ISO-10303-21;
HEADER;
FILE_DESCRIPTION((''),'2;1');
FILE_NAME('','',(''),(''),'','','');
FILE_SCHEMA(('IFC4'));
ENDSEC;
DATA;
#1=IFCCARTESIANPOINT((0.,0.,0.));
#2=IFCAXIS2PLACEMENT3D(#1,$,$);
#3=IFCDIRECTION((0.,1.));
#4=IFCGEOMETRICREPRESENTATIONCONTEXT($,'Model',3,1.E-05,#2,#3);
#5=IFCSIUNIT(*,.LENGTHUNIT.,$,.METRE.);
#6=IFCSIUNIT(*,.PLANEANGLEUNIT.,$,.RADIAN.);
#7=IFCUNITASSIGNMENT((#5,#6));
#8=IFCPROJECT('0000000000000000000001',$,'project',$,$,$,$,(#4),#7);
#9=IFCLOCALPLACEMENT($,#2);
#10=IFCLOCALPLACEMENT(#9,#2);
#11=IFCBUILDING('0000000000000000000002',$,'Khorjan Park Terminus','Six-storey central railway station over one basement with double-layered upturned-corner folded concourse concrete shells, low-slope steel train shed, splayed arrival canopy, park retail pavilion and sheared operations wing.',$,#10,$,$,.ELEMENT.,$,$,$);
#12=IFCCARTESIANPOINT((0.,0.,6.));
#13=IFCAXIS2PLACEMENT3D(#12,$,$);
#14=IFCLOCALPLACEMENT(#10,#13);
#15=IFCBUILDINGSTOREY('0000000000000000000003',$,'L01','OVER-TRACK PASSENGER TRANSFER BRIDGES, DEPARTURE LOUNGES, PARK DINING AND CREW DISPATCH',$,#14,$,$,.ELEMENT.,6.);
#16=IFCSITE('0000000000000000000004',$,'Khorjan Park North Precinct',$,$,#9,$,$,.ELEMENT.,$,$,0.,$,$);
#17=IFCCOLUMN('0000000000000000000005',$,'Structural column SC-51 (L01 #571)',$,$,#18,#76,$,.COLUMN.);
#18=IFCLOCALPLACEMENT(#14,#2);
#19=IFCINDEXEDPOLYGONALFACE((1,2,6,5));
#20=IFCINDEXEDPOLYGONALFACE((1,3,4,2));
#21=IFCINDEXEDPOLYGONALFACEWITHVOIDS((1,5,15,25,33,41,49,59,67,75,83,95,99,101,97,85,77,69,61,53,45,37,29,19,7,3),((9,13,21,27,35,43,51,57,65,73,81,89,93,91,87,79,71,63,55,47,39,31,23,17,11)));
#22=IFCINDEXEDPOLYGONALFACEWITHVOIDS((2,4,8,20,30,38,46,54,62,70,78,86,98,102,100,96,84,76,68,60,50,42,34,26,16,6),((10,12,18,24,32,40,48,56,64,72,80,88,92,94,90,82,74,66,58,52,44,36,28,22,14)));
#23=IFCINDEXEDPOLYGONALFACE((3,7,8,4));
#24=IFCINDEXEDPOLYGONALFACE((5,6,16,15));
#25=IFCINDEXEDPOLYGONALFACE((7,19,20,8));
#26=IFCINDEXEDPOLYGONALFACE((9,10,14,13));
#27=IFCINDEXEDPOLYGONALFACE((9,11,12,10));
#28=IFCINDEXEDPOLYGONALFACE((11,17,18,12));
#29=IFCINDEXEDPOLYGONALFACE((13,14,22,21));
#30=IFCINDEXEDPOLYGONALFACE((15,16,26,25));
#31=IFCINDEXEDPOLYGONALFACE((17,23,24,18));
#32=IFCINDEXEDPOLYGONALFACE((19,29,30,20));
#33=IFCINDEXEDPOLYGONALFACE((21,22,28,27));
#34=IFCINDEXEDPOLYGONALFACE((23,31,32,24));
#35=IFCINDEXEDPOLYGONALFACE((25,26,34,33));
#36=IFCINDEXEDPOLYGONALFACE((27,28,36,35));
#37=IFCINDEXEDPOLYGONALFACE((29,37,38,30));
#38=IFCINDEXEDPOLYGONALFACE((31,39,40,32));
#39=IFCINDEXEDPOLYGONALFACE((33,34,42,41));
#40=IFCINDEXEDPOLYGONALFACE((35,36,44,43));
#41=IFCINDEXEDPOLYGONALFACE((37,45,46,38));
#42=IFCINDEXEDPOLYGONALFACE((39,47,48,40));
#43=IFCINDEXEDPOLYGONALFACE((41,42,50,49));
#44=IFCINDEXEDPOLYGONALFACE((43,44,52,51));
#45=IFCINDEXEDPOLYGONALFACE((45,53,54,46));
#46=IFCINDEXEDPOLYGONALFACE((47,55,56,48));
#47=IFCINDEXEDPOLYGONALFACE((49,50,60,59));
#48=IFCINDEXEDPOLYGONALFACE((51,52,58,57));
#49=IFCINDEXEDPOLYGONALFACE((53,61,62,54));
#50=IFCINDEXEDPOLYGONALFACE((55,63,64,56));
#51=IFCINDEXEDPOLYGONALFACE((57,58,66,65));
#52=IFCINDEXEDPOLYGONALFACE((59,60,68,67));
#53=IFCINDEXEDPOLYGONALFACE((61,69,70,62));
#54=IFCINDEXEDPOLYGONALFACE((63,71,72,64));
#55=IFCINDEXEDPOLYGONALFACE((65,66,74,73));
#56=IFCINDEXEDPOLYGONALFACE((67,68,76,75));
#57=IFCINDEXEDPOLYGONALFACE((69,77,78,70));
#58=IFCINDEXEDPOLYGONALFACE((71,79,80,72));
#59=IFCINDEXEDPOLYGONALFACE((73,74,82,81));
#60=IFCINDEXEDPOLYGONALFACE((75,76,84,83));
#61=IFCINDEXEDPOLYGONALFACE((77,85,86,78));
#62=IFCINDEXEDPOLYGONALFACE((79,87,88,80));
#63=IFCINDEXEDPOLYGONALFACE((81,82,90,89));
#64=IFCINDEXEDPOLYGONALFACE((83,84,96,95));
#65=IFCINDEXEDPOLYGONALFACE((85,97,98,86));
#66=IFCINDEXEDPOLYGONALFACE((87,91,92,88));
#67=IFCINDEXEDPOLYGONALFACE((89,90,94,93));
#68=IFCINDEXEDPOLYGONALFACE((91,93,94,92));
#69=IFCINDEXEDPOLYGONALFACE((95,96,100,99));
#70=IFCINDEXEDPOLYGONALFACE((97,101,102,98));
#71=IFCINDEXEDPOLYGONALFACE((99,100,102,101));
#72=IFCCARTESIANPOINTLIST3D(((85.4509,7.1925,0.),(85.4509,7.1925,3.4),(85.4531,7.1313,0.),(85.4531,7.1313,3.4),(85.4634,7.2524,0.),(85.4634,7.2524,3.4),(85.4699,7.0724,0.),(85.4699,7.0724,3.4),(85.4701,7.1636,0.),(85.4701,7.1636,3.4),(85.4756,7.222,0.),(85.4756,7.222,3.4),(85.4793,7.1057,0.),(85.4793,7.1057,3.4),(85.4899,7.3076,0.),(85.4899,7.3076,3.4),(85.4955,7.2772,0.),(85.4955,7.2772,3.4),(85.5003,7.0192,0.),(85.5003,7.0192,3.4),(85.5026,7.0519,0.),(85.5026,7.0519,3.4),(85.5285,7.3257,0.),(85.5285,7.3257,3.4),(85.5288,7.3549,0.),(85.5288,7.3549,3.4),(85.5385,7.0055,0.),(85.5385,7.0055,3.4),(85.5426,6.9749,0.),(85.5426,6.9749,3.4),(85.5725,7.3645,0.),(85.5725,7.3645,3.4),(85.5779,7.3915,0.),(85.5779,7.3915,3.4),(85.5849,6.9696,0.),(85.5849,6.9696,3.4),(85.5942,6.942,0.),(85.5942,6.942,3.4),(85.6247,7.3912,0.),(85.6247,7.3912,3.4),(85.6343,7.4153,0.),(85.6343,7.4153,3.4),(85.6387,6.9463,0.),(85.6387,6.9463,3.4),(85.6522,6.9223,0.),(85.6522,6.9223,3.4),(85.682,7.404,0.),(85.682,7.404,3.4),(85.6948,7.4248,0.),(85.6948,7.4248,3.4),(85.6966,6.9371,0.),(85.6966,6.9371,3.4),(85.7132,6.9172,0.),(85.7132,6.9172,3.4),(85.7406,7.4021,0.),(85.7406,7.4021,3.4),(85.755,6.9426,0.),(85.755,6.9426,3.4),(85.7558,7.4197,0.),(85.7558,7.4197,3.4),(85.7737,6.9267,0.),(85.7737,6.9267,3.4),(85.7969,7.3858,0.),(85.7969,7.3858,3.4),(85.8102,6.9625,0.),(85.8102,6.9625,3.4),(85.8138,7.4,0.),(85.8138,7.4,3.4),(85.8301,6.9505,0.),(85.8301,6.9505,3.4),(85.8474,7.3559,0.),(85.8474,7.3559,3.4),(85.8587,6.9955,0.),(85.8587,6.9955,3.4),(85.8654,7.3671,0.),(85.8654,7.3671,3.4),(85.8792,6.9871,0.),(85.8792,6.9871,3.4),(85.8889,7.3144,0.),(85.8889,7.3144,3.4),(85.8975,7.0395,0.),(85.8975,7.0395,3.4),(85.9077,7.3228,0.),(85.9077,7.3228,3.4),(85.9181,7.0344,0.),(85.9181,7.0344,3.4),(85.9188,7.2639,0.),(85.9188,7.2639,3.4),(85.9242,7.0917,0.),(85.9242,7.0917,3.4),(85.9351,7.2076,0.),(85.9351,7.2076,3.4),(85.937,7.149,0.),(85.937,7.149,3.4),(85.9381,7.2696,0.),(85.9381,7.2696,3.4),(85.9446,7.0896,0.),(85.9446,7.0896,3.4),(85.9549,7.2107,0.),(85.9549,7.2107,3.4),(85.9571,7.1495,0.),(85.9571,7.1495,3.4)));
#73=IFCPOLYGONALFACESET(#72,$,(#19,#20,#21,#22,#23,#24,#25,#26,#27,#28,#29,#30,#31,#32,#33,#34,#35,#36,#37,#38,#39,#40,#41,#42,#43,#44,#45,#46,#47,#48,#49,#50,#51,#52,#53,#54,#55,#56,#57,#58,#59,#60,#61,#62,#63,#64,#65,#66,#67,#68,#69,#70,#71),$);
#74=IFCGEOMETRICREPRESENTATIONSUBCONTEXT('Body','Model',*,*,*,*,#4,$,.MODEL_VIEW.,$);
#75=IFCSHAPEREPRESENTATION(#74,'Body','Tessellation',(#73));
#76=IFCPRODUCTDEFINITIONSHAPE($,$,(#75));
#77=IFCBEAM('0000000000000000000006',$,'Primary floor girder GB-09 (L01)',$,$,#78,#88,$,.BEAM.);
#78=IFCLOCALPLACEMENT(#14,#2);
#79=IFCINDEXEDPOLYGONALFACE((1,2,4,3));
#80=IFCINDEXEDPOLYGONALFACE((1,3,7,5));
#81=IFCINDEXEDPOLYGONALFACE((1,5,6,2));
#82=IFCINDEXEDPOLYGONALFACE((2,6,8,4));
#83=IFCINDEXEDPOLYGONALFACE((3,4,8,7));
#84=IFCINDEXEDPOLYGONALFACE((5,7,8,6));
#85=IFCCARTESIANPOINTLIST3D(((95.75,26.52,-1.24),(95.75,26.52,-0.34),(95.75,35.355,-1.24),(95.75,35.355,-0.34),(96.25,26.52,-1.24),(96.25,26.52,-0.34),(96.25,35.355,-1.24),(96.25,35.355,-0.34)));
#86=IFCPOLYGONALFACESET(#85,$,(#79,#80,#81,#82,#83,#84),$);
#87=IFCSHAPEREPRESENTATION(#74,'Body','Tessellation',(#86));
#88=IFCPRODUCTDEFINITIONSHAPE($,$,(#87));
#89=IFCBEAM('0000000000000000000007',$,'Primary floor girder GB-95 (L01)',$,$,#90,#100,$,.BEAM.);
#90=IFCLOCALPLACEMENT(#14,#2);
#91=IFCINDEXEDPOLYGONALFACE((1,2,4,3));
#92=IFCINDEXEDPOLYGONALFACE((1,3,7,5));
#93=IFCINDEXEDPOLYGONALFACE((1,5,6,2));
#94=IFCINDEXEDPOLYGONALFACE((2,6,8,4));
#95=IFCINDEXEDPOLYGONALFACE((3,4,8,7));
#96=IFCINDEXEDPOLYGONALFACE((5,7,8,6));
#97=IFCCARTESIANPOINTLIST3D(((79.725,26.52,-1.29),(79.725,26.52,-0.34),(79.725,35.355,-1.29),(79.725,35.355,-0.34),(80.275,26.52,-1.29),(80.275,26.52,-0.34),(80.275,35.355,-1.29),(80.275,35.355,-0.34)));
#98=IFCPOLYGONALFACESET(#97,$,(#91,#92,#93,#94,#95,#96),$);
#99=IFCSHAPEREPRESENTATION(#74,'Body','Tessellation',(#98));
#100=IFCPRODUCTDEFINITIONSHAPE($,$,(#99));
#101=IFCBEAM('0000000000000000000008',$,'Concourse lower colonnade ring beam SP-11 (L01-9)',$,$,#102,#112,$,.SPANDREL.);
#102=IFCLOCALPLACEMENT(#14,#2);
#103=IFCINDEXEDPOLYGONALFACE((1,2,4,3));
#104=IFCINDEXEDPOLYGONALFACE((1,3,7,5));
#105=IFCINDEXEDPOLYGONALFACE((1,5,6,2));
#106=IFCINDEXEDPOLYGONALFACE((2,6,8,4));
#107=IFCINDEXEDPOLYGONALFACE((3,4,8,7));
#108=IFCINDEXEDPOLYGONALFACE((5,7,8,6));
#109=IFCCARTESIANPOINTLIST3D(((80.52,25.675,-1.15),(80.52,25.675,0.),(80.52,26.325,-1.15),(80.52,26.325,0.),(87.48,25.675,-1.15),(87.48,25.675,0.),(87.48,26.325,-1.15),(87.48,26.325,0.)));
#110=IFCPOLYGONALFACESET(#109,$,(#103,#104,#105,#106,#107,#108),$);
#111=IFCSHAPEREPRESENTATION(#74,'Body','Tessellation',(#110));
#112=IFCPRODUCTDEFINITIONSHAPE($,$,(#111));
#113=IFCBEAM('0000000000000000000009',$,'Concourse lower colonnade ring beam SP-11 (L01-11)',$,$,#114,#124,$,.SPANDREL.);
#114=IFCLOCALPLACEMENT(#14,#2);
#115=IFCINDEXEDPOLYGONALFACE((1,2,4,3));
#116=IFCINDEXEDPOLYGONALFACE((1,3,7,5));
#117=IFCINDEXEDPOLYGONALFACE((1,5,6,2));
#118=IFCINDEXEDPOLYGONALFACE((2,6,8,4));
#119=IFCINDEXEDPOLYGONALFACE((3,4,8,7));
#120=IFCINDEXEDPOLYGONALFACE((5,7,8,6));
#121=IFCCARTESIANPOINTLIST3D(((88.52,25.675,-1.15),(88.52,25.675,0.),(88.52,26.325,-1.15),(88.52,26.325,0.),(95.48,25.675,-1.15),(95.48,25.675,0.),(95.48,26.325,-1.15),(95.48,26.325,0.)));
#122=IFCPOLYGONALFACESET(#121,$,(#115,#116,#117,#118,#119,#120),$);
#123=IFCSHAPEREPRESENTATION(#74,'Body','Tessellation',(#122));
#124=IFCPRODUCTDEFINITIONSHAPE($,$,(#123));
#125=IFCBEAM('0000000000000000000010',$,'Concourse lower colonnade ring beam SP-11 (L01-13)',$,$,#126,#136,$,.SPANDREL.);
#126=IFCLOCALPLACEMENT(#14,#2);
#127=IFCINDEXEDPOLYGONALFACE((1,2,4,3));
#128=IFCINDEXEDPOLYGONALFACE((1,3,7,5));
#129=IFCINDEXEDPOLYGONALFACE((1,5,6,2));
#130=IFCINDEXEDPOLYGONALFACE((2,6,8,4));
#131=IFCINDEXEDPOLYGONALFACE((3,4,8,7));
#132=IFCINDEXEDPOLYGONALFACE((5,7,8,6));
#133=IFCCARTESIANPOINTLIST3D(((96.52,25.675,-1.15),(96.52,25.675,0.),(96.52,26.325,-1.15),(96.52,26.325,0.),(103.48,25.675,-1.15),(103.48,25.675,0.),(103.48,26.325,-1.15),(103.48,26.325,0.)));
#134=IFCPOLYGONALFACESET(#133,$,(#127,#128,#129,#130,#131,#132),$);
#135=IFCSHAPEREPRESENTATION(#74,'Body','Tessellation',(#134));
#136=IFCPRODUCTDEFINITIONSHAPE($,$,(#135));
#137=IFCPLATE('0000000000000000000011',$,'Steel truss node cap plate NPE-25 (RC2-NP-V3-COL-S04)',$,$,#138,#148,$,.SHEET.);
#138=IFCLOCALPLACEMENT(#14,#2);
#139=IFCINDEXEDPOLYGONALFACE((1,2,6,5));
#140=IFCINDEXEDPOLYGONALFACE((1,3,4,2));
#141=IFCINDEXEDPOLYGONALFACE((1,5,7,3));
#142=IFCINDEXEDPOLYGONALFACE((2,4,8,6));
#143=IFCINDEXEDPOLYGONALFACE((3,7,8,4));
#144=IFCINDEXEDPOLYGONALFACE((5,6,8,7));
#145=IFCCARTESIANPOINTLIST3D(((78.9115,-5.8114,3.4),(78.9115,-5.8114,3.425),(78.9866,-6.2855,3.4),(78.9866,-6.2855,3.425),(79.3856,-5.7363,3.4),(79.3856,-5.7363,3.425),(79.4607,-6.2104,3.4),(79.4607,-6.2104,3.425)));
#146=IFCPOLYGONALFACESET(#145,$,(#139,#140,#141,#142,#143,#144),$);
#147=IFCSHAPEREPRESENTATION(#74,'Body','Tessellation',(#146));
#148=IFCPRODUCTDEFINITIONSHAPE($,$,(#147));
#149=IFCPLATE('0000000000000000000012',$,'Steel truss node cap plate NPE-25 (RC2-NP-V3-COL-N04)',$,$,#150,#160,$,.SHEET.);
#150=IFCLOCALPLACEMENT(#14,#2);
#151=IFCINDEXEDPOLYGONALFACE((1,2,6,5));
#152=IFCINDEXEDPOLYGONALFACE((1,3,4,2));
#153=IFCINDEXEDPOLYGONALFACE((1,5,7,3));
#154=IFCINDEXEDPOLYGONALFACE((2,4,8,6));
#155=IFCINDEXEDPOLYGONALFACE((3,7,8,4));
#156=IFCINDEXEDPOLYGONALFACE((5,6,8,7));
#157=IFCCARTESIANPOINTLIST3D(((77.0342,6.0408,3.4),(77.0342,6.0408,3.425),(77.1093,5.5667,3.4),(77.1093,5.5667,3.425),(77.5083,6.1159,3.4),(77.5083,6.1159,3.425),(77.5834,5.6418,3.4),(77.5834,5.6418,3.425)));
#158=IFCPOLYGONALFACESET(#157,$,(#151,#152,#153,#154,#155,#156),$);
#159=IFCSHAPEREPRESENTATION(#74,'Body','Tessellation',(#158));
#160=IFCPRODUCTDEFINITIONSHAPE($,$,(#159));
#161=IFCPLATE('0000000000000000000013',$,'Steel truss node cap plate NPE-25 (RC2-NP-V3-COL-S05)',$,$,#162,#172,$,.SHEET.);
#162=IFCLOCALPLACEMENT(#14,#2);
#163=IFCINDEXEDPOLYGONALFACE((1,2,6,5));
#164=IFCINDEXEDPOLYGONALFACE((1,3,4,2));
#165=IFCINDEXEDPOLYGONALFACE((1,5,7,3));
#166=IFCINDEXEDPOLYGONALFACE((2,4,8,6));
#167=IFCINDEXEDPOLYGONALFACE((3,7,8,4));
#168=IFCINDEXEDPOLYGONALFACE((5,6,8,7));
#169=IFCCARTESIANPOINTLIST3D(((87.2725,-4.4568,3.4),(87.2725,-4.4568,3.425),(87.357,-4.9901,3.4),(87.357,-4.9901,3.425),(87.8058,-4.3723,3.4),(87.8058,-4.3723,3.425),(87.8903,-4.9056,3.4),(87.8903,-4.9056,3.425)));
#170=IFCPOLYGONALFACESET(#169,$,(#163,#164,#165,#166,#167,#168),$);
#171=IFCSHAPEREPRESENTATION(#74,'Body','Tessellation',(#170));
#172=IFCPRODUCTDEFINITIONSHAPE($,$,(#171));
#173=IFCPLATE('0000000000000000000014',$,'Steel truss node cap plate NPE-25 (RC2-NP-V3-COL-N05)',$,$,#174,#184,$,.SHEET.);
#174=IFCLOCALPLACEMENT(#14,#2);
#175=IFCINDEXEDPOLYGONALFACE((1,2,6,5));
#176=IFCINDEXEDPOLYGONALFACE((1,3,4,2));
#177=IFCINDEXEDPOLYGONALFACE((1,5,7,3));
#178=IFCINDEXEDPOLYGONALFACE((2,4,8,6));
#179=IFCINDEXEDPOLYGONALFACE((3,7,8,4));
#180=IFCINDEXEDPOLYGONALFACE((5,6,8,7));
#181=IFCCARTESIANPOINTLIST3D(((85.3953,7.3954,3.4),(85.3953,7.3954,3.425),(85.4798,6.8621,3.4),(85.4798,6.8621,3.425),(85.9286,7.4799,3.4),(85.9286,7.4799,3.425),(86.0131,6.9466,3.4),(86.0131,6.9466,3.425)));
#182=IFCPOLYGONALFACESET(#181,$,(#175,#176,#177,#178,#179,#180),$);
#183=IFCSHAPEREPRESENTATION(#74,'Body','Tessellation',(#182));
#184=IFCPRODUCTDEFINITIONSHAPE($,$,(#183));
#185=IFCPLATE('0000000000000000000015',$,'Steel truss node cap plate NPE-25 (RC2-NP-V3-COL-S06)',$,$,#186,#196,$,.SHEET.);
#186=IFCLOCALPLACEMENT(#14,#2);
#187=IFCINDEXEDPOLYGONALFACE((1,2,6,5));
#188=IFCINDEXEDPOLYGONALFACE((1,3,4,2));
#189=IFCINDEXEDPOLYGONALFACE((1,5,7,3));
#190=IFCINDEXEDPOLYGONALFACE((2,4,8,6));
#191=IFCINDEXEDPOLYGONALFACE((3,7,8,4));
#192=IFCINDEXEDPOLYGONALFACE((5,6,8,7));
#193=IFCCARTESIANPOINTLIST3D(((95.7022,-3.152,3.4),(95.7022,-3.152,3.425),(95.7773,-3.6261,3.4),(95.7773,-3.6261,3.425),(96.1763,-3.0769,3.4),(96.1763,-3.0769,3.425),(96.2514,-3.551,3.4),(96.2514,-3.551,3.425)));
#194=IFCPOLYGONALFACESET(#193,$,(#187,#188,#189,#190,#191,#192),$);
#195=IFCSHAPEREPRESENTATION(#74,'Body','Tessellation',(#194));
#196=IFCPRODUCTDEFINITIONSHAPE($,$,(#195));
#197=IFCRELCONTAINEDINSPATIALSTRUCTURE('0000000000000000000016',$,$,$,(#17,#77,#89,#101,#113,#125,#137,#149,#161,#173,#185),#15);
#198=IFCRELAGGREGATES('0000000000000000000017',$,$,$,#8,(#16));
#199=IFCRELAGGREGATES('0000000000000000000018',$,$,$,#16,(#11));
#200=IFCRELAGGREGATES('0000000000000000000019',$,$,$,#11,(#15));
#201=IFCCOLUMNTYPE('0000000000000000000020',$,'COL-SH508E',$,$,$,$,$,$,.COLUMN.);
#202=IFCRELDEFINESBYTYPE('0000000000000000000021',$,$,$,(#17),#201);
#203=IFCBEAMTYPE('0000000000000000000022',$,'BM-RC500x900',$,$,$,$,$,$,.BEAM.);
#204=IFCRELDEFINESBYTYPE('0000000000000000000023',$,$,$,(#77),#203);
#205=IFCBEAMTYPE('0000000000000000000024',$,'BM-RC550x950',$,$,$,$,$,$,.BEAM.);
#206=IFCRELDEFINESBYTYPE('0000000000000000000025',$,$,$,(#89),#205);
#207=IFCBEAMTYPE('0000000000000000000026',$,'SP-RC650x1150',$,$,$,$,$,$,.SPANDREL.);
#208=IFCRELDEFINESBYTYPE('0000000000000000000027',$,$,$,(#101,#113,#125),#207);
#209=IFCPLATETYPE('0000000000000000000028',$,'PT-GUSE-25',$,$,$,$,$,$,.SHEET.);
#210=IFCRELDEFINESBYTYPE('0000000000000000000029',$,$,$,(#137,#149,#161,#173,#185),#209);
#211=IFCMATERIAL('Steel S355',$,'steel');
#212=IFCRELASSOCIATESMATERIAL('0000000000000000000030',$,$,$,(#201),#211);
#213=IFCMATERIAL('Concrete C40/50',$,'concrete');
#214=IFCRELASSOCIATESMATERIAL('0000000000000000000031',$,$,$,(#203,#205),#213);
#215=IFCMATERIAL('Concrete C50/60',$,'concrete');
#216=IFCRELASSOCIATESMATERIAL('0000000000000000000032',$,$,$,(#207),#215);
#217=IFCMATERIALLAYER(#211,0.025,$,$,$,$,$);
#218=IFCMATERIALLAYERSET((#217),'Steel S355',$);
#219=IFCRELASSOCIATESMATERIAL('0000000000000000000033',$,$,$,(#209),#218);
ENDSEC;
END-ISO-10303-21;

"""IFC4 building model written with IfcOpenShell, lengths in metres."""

from ifc_helpers import new_model, si_unit, direction, frame, origin, origin_2d, place, context, subcontext, project, spatial, rectangle, hollow_circle, extrude, material, layer, layer_set, material_profile, profile_set, type_object, element, save


model = new_model("IFC4")

# Units and contexts
model_context = context("Model", 3, precision=1e-05, world=origin(), true_north=direction((0.0, 1.0)))
body_context = subcontext(model_context, "Body", "Model", "MODEL_VIEW")
ifc_project = project(units=[si_unit("LENGTHUNIT", "METRE"), si_unit("PLANEANGLEUNIT", "RADIAN")], contexts=[model_context])

# Site, building, storey
site_placement = place(None, origin())
site = spatial("IfcSite", under=ifc_project, at=site_placement, Name="Khorjan Park North Precinct", CompositionType="ELEMENT", RefElevation=0.0)
building_placement = place(site_placement, origin())
building = spatial("IfcBuilding", under=site, at=building_placement, Name="Khorjan Park Terminus", Description="Six-storey central railway station over one basement with double-layered upturned-corner folded concourse concrete shells, low-slope steel train shed, splayed arrival canopy, park retail pavilion and sheared operations wing.", CompositionType="ELEMENT")
storey_placement = place(building_placement, frame((0.0, 0.0, 6.0)))
storey = spatial("IfcBuildingStorey", under=building, at=storey_placement, Name="L01", Description="OVER-TRACK PASSENGER TRANSFER BRIDGES, DEPARTURE LOUNGES, PARK DINING AND CREW DISPATCH", CompositionType="ELEMENT", Elevation=6.0)

# Column
ifc_material_1 = material(Name="Concrete C50/60", Category="concrete")
ifc_material_2 = material(Name="Steel S355", Category="steel")
ifc_material_profile_1 = material_profile(ifc_material_2, hollow_circle(Radius=0.254, WallThickness=0.02, at=origin_2d()), Name="CHS 508x20")
ifc_profile_set_1 = profile_set([ifc_material_profile_1], Name="Steel S355")
column_type_1 = type_object("IfcColumnType", Name="COL-SH508E", PredefinedType="COLUMN", material=ifc_profile_set_1)
for number, where, z_axis, x_axis, name in (
    (1, (85.704, 7.171, 0.0), (0.0, 0.0, 1.0), (0.987688, 0.156434, 0.0), "Structural column SC-51 (L01 #571)"),
):
    element("IfcColumn", number, at=place(storey_placement, frame(where, z_axis=z_axis, x_axis=x_axis)), inside=storey, type_object=column_type_1, Name=name, PredefinedType="COLUMN", context=body_context, shape_type="SweptSolid", body=[
        extrude(hollow_circle(Radius=0.254, WallThickness=0.02, at=origin_2d()), origin(), (0.0, 0.0, 1.0), 3.4),
    ])

# Beams
ifc_material_3 = material(Name="Concrete C40/50", Category="concrete")
ifc_material_profile_2 = material_profile(ifc_material_3, rectangle(XDim=0.5, YDim=0.9, at=origin_2d()), Name="RC 500x900")
ifc_profile_set_2 = profile_set([ifc_material_profile_2], Name="Concrete C40/50")
beam_type_1 = type_object("IfcBeamType", Name="BM-RC500x900", PredefinedType="BEAM", material=ifc_profile_set_2)
beam_1_placement = place(storey_placement, frame((96.0, 26.52, -0.79), z_axis=(0.0, 1.0, 0.0), x_axis=(-1.0, 0.0, 0.0)))
element("IfcBeam", 2, at=beam_1_placement, inside=storey, type_object=beam_type_1, Name="Primary floor girder GB-09 (L01)", PredefinedType="BEAM", context=body_context, shape_type="SweptSolid", body=[
    extrude(rectangle(XDim=0.5, YDim=0.9, at=origin_2d()), origin(), (0.0, 0.0, 1.0), 8.835),
])
ifc_material_profile_3 = material_profile(ifc_material_3, rectangle(XDim=0.55, YDim=0.95, at=origin_2d()), Name="RC 550x950")
ifc_profile_set_3 = profile_set([ifc_material_profile_3], Name="Concrete C40/50")
beam_type_2 = type_object("IfcBeamType", Name="BM-RC550x950", PredefinedType="BEAM", material=ifc_profile_set_3)
beam_2_placement = place(storey_placement, frame((80.0, 26.52, -0.815), z_axis=(0.0, 1.0, 0.0), x_axis=(-1.0, 0.0, 0.0)))
element("IfcBeam", 3, at=beam_2_placement, inside=storey, type_object=beam_type_2, Name="Primary floor girder GB-95 (L01)", PredefinedType="BEAM", context=body_context, shape_type="SweptSolid", body=[
    extrude(rectangle(XDim=0.55, YDim=0.95, at=origin_2d()), origin(), (0.0, 0.0, 1.0), 8.835),
])
ifc_material_profile_4 = material_profile(ifc_material_1, rectangle(XDim=0.65, YDim=1.15, at=origin_2d()), Name="RC 650x1150")
ifc_profile_set_4 = profile_set([ifc_material_profile_4], Name="Concrete C50/60")
beam_type_3 = type_object("IfcBeamType", Name="SP-RC650x1150", PredefinedType="SPANDREL", material=ifc_profile_set_4)
for number, where, z_axis, x_axis, name in (
    (4, (80.52, 26.0, -0.575), (1.0, 0.0, 0.0), (0.0, 1.0, 0.0), "Concourse lower colonnade ring beam SP-11 (L01-9)"),
    (5, (88.52, 26.0, -0.575), (1.0, 0.0, 0.0), (0.0, 1.0, 0.0), "Concourse lower colonnade ring beam SP-11 (L01-11)"),
    (6, (96.52, 26.0, -0.575), (1.0, 0.0, 0.0), (0.0, 1.0, 0.0), "Concourse lower colonnade ring beam SP-11 (L01-13)"),
):
    element("IfcBeam", number, at=place(storey_placement, frame(where, z_axis=z_axis, x_axis=x_axis)), inside=storey, type_object=beam_type_3, Name=name, PredefinedType="SPANDREL", context=body_context, shape_type="SweptSolid", body=[
        extrude(rectangle(XDim=0.65, YDim=1.15, at=origin_2d()), origin(), (0.0, 0.0, 1.0), 6.96),
    ])

# Plates
ifc_layer_1 = layer(ifc_material_2, 0.025)
ifc_layer_set_1 = layer_set([ifc_layer_1], Name="Steel S355")
plate_type = type_object("IfcPlateType", Name="PT-GUSE-25", PredefinedType="SHEET", material=ifc_layer_set_1)
for number, where, z_axis, x_axis, name in (
    (7, (79.1861, -6.0109, 3.4), (0.0, 0.0, 1.0), (0.987688, 0.156434, 0.0), "Steel truss node cap plate NPE-25 (RC2-NP-V3-COL-S04)"),
    (8, (77.3088, 5.8413, 3.4), (0.0, 0.0, 1.0), (0.987688, 0.156434, 0.0), "Steel truss node cap plate NPE-25 (RC2-NP-V3-COL-N04)"),
):
    element("IfcPlate", number, at=place(storey_placement, frame(where, z_axis=z_axis, x_axis=x_axis)), inside=storey, type_object=plate_type, Name=name, PredefinedType="SHEET", context=body_context, shape_type="SweptSolid", body=[
        extrude(rectangle(XDim=0.48, YDim=0.48, at=origin_2d()), origin(), (0.0, 0.0, 1.0), 0.025),
    ])
for number, where, z_axis, x_axis, name in (
    (9, (87.5814, -4.6812, 3.4), (0.0, 0.0, 1.0), (0.987688, 0.156434, 0.0), "Steel truss node cap plate NPE-25 (RC2-NP-V3-COL-S05)"),
    (10, (85.7042, 7.171, 3.4), (0.0, 0.0, 1.0), (0.987688, 0.156434, 0.0), "Steel truss node cap plate NPE-25 (RC2-NP-V3-COL-N05)"),
):
    element("IfcPlate", number, at=place(storey_placement, frame(where, z_axis=z_axis, x_axis=x_axis)), inside=storey, type_object=plate_type, Name=name, PredefinedType="SHEET", context=body_context, shape_type="SweptSolid", body=[
        extrude(rectangle(XDim=0.54, YDim=0.54, at=origin_2d()), origin(), (0.0, 0.0, 1.0), 0.025),
    ])
for number, where, z_axis, x_axis, name in (
    (11, (95.9768, -3.3515, 3.4), (0.0, 0.0, 1.0), (0.987688, 0.156434, 0.0), "Steel truss node cap plate NPE-25 (RC2-NP-V3-COL-S06)"),
):
    element("IfcPlate", number, at=place(storey_placement, frame(where, z_axis=z_axis, x_axis=x_axis)), inside=storey, type_object=plate_type, Name=name, PredefinedType="SHEET", context=body_context, shape_type="SweptSolid", body=[
        extrude(rectangle(XDim=0.48, YDim=0.48, at=origin_2d()), origin(), (0.0, 0.0, 1.0), 0.025),
    ])

save(model, "model.ifc")
